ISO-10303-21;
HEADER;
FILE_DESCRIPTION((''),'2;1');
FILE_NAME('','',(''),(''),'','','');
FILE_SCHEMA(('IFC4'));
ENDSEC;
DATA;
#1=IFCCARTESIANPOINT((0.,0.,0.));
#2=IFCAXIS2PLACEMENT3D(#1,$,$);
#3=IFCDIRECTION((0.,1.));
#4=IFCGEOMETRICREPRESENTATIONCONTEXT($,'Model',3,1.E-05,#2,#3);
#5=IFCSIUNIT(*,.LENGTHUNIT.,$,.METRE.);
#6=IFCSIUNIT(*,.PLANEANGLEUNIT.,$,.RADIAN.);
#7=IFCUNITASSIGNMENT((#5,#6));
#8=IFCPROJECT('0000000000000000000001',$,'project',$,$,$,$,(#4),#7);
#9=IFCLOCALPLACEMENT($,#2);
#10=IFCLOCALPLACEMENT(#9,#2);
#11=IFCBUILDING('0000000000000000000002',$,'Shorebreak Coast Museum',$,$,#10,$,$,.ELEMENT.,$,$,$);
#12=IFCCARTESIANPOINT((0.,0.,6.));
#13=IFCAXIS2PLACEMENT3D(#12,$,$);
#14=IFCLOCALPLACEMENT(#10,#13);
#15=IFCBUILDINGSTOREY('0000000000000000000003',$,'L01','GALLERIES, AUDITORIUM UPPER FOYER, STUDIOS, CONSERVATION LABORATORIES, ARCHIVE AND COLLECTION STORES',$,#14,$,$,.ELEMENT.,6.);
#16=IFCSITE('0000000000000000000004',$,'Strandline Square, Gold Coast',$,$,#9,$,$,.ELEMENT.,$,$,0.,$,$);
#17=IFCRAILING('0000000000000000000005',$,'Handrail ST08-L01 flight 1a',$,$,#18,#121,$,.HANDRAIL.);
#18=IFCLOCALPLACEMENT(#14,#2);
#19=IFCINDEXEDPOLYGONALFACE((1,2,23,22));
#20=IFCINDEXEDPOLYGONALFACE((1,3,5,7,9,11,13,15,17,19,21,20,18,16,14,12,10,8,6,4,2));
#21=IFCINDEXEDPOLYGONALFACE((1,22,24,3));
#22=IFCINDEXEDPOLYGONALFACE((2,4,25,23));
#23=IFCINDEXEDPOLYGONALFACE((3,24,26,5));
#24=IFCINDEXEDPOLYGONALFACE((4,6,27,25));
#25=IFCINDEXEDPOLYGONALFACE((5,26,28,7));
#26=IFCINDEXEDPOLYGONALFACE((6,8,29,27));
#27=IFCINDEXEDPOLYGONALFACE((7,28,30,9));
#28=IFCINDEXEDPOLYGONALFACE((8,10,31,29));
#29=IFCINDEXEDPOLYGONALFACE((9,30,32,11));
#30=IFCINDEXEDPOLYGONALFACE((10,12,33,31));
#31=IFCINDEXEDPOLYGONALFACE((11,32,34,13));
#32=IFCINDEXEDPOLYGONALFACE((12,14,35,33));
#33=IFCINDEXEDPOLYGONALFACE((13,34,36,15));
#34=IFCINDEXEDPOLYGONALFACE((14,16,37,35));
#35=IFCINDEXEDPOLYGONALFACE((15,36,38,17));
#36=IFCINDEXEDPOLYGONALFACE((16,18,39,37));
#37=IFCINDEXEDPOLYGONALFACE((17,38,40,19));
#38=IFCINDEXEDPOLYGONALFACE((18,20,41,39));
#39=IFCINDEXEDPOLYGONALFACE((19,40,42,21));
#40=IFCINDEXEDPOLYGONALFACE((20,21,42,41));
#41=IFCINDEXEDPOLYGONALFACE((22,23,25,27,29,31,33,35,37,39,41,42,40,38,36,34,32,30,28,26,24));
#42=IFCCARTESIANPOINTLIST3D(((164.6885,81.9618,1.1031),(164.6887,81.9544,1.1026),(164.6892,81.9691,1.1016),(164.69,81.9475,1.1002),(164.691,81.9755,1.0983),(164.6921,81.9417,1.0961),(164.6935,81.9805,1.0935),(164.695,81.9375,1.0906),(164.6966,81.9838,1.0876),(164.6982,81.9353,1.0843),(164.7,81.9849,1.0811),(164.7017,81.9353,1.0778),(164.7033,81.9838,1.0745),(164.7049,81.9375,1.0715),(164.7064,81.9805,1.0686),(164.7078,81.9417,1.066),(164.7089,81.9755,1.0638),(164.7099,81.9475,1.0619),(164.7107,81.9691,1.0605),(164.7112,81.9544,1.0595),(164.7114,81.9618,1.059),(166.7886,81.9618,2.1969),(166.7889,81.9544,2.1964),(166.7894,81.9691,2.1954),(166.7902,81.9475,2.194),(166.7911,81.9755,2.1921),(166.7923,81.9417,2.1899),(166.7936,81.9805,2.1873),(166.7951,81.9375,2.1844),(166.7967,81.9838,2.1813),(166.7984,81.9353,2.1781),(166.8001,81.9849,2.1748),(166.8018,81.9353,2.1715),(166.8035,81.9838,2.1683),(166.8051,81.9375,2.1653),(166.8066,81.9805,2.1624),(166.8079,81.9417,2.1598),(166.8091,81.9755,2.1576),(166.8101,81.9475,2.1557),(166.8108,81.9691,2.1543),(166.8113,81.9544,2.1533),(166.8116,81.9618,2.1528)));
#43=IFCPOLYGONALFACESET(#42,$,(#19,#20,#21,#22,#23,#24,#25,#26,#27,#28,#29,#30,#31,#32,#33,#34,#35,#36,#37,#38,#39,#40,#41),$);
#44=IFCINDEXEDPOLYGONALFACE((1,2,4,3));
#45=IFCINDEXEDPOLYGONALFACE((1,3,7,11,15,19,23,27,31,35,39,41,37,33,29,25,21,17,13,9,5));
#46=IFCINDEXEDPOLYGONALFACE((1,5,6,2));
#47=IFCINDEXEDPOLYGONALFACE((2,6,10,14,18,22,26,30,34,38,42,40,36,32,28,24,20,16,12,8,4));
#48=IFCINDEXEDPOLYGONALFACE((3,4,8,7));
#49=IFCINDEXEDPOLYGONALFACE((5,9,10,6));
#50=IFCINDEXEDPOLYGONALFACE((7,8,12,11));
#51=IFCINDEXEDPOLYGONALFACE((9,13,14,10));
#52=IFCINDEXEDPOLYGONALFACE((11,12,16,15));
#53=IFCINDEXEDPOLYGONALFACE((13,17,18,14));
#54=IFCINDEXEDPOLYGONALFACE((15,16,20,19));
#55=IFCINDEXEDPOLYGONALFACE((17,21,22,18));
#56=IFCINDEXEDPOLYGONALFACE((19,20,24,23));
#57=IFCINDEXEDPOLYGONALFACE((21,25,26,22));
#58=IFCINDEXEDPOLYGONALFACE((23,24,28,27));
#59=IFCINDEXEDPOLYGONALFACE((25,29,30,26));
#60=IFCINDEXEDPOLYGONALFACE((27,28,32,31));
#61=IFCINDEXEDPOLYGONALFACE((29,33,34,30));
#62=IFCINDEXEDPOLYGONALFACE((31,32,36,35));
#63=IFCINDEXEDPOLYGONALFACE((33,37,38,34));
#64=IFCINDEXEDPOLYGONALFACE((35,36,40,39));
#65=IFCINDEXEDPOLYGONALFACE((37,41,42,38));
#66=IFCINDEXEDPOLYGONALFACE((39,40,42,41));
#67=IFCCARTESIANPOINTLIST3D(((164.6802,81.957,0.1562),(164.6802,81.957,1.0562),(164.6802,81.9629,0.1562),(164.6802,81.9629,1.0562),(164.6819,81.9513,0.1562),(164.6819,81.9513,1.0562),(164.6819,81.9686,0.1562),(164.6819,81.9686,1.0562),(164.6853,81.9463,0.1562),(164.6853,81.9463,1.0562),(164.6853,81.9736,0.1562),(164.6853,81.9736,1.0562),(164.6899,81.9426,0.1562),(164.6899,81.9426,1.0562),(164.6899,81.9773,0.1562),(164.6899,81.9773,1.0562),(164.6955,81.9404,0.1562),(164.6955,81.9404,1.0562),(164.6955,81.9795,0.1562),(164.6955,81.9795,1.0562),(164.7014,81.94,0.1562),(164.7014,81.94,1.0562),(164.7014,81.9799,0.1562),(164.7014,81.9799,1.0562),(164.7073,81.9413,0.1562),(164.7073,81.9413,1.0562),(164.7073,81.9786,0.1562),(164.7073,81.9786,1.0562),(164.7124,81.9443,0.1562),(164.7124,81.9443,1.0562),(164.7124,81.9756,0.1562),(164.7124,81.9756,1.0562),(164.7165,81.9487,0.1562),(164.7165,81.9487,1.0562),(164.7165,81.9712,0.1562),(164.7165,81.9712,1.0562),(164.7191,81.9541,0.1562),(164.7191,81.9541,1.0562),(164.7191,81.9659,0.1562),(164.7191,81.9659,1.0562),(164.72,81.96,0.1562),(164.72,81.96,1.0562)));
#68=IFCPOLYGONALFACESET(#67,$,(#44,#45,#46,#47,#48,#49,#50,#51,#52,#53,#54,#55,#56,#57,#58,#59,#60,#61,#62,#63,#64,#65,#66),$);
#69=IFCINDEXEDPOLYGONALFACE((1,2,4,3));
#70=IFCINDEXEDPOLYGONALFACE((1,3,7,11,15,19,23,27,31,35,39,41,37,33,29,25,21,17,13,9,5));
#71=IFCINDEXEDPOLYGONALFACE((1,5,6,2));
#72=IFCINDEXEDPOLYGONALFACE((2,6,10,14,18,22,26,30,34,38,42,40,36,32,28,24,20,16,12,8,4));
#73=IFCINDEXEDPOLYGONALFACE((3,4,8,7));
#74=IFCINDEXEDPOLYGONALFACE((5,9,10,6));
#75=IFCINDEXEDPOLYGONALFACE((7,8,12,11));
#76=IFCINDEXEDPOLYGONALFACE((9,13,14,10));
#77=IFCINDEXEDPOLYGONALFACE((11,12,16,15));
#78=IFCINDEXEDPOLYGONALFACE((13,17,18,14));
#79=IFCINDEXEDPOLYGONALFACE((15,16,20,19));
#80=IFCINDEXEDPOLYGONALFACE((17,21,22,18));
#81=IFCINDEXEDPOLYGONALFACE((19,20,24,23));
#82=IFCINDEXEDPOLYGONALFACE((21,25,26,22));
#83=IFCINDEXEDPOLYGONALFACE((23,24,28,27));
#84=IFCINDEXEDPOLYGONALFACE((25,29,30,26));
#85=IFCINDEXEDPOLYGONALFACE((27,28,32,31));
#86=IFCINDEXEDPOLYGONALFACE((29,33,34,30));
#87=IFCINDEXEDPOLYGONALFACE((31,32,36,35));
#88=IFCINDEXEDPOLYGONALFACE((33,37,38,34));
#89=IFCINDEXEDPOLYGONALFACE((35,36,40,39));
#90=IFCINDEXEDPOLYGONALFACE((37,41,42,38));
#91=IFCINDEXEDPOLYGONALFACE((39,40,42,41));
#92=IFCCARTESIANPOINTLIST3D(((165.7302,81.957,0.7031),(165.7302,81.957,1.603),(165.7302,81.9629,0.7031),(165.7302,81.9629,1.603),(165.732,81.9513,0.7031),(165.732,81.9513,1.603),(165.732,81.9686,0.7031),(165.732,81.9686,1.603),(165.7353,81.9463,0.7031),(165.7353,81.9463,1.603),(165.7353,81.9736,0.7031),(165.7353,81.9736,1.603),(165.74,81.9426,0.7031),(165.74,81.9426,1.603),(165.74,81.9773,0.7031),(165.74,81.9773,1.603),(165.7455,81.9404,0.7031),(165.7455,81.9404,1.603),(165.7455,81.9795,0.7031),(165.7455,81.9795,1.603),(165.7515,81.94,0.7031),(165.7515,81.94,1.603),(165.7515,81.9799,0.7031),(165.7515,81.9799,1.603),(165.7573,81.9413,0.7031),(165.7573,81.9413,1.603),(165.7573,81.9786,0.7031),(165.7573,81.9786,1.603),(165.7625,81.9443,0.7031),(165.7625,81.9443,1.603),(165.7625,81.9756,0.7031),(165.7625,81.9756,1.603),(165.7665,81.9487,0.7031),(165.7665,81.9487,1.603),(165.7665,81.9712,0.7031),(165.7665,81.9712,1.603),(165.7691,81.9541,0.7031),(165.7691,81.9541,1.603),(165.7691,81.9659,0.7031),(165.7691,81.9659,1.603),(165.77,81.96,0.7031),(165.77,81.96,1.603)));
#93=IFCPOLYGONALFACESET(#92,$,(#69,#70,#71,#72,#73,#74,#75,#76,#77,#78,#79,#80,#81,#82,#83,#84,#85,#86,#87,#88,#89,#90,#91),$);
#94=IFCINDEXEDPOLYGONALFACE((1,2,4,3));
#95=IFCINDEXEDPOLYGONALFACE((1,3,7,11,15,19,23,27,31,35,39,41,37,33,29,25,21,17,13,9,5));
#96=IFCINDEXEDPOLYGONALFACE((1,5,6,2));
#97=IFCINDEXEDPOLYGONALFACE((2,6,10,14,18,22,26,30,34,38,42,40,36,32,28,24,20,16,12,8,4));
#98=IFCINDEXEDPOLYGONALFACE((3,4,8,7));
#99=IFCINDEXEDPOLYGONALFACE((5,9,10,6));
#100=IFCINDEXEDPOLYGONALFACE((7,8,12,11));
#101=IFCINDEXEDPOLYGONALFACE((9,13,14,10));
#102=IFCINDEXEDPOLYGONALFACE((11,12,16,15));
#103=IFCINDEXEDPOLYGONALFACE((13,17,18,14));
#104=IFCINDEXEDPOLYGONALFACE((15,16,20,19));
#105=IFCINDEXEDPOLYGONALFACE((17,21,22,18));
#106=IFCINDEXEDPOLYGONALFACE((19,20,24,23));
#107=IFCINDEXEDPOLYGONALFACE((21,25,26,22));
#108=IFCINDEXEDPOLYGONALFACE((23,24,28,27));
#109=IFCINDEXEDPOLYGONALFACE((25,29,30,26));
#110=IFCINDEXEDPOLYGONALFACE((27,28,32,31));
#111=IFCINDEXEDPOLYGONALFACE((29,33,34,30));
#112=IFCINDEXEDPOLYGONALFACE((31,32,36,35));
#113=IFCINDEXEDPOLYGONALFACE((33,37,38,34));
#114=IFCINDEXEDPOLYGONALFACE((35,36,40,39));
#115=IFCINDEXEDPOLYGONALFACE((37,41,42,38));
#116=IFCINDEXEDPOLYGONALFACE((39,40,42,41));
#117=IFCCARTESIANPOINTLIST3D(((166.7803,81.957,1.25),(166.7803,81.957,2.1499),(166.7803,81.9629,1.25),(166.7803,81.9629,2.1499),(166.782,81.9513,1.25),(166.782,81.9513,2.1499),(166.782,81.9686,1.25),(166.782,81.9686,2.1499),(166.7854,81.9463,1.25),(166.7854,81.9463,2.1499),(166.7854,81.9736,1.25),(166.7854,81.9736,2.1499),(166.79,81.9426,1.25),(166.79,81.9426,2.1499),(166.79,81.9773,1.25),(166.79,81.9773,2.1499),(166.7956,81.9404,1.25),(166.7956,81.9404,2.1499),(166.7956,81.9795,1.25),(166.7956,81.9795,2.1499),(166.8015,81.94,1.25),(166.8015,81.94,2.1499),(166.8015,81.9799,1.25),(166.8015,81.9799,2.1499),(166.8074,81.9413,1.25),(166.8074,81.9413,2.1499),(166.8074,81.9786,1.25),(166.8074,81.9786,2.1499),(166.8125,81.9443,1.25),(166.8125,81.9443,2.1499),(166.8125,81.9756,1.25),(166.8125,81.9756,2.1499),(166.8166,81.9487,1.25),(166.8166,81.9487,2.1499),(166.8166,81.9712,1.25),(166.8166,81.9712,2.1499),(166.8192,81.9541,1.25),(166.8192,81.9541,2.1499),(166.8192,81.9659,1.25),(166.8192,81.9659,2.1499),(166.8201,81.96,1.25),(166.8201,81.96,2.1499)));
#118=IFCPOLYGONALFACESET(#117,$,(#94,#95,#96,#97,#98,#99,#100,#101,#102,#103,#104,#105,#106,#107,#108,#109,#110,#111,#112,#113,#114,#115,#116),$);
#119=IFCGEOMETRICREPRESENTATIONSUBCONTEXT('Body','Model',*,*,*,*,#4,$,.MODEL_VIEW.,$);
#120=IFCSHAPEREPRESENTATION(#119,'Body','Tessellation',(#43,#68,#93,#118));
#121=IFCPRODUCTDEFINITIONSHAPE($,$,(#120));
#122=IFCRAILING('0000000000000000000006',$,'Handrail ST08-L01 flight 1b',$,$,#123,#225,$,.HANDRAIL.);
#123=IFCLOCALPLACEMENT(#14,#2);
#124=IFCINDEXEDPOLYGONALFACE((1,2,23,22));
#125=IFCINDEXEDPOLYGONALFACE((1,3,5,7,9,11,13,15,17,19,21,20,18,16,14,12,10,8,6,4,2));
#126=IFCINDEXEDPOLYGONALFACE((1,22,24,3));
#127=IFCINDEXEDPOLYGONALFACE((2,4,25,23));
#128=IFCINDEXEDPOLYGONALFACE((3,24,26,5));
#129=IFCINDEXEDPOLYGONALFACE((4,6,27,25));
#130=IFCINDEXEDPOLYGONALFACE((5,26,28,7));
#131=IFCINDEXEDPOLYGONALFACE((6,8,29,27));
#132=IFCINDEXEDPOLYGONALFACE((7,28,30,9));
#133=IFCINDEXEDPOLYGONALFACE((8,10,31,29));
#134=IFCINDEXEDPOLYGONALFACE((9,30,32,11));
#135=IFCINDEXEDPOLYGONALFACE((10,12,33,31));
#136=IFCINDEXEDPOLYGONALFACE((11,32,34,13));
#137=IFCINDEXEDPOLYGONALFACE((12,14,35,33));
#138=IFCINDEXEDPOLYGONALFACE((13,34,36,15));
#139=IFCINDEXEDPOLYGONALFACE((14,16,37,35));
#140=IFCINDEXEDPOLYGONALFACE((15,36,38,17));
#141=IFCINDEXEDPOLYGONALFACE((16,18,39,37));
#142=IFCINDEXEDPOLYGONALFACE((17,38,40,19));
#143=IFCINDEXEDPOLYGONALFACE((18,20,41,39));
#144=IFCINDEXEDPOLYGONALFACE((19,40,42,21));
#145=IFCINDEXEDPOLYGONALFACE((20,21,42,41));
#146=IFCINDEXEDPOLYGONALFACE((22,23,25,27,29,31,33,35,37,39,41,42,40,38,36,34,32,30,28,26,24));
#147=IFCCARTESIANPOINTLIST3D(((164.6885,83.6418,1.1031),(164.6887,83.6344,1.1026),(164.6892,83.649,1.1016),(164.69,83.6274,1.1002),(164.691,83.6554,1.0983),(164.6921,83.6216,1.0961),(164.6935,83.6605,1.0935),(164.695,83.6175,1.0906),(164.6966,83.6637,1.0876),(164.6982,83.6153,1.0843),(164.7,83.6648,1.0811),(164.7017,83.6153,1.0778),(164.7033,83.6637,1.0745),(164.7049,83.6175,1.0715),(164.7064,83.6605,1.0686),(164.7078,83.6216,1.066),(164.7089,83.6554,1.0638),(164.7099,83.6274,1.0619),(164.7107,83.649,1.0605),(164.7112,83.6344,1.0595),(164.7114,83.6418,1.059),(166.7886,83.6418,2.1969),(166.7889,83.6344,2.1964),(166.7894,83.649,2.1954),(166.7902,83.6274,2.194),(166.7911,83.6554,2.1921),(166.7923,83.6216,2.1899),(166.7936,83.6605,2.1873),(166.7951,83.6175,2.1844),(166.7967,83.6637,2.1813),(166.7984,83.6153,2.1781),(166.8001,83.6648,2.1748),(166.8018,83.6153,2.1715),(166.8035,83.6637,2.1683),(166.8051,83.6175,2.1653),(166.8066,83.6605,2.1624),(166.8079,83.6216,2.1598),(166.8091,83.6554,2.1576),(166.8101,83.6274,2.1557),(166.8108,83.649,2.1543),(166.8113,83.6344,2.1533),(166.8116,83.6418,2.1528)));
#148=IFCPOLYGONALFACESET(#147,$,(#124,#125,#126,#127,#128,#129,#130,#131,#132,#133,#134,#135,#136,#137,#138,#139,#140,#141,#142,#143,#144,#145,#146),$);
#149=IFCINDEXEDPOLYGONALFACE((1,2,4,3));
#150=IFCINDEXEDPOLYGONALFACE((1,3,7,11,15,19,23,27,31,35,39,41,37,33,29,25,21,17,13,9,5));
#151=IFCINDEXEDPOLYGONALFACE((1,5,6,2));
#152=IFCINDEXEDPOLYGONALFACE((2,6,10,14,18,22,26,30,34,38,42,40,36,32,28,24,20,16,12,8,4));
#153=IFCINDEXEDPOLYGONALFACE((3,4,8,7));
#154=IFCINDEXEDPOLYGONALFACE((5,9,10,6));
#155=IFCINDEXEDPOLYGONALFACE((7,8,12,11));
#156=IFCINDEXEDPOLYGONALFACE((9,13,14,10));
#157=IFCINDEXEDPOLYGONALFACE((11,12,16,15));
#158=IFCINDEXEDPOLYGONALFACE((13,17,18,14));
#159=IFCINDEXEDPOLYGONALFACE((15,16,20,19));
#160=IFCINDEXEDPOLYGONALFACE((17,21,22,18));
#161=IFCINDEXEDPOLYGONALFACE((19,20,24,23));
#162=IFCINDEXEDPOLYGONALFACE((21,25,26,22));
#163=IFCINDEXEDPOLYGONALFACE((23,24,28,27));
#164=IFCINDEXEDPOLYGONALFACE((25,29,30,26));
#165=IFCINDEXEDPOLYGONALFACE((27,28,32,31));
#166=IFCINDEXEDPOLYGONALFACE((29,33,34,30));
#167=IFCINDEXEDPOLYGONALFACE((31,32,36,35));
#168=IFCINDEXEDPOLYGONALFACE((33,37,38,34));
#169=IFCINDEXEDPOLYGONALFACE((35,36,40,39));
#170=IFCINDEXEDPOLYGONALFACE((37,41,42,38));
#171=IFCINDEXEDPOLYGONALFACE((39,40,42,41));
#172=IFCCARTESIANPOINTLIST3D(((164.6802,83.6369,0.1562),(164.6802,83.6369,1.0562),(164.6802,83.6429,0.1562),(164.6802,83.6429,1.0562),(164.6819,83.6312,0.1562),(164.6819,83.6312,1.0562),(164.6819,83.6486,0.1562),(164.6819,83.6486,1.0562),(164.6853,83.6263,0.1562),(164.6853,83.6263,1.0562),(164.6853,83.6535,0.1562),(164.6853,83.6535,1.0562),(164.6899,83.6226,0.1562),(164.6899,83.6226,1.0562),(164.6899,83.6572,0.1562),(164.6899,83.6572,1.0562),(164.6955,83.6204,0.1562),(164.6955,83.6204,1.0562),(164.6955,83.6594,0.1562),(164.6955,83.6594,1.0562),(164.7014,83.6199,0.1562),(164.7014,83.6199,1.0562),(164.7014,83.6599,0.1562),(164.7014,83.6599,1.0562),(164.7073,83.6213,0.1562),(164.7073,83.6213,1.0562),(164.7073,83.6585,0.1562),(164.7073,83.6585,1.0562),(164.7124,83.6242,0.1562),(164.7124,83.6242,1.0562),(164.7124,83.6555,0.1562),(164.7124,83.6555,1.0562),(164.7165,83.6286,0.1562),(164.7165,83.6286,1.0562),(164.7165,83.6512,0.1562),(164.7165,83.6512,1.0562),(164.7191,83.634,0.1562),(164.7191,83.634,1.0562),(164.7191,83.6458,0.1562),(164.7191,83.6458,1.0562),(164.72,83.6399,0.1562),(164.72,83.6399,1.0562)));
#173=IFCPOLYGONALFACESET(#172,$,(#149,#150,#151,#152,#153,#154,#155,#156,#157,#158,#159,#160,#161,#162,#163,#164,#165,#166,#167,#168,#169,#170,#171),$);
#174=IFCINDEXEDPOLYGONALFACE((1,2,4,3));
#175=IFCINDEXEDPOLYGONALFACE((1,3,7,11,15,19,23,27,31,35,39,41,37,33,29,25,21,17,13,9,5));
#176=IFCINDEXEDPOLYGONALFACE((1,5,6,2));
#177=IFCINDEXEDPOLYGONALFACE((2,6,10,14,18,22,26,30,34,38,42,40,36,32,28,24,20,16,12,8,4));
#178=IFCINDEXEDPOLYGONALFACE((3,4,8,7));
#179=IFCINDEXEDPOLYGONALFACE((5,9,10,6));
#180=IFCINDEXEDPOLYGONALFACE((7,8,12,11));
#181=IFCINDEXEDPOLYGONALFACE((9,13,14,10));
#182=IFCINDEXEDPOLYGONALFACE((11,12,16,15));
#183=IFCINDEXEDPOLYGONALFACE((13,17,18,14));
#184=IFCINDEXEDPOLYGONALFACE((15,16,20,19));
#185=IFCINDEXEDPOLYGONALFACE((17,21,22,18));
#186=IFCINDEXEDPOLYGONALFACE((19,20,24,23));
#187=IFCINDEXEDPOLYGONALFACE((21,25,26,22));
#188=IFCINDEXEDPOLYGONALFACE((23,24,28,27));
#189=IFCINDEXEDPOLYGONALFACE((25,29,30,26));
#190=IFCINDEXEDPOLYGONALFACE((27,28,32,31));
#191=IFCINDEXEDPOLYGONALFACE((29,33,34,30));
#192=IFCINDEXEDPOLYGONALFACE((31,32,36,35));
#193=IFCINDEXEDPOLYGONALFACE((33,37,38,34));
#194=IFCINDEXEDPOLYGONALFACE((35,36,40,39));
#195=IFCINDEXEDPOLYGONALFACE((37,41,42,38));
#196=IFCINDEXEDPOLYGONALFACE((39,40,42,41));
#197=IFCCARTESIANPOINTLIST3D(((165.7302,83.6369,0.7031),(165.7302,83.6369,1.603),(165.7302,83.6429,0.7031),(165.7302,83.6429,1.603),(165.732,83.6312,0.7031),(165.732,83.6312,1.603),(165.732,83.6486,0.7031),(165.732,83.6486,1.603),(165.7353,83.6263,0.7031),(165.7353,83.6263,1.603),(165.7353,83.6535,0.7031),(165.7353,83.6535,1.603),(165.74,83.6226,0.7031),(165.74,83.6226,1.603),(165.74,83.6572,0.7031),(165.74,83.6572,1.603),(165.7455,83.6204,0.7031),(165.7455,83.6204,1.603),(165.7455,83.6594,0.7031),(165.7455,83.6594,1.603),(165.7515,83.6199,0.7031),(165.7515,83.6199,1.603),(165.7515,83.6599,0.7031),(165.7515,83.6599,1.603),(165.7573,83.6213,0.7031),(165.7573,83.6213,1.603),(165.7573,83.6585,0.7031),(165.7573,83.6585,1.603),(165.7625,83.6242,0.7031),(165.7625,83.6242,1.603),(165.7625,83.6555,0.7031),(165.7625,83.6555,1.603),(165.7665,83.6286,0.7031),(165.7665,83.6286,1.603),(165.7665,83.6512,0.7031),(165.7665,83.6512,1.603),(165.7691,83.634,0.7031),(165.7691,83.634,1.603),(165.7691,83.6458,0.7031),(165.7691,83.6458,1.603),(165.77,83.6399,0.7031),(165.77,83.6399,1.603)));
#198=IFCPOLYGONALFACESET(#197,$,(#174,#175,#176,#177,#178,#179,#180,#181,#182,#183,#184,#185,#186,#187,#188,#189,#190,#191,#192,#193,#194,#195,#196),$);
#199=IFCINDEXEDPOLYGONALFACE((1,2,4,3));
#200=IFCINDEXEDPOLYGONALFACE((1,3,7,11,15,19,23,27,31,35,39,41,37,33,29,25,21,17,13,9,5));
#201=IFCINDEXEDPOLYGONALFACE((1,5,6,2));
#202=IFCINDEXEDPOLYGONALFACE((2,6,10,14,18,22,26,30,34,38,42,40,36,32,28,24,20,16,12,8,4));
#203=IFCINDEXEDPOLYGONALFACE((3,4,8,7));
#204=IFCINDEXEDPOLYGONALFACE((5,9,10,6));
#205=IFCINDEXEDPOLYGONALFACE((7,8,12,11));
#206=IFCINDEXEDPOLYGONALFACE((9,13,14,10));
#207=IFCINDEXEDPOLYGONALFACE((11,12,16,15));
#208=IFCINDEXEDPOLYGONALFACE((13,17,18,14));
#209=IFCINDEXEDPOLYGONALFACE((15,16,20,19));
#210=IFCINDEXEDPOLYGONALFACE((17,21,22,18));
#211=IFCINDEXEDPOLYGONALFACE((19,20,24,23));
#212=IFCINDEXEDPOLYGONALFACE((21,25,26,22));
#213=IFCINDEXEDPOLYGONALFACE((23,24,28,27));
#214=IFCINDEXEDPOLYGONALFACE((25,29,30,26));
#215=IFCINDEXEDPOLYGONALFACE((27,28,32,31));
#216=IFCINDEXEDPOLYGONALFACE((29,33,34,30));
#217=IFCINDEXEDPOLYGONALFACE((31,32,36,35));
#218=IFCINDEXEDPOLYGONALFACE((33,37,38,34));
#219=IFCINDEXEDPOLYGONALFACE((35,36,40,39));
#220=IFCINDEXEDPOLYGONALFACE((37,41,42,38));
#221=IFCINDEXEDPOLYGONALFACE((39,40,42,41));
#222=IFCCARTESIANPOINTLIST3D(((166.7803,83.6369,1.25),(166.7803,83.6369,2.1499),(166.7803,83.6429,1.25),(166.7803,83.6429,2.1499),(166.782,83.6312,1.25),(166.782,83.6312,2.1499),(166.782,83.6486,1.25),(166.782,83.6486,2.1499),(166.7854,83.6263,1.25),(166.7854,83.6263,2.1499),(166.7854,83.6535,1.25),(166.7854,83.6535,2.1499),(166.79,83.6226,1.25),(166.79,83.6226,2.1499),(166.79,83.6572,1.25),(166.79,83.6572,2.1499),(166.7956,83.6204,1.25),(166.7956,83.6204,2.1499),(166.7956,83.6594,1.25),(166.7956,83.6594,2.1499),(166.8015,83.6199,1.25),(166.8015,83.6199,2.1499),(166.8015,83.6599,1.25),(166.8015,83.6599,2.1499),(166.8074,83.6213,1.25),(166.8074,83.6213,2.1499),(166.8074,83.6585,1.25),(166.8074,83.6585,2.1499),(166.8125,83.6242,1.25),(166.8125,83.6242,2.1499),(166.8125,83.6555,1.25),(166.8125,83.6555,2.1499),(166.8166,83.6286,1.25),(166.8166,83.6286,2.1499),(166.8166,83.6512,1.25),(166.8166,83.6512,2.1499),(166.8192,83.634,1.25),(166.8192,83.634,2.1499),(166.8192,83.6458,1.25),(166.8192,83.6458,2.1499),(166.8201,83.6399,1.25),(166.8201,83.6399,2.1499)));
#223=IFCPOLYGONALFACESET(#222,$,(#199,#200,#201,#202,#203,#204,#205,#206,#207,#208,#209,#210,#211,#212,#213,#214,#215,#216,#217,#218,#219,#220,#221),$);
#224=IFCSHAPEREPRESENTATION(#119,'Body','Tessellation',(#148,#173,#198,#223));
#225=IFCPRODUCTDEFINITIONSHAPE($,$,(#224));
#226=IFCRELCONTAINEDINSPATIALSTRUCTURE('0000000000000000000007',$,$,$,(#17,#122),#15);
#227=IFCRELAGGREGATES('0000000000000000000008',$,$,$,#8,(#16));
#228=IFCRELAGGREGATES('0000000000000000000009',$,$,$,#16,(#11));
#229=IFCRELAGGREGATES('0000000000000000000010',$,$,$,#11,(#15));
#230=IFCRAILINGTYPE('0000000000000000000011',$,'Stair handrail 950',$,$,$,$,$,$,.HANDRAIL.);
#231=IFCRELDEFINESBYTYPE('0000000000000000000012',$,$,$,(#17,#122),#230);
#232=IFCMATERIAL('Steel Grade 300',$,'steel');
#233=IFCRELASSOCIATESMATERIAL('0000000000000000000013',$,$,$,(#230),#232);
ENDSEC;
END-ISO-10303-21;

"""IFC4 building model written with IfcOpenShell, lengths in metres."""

from ifc_helpers import new_model, si_unit, direction, frame, origin, origin_2d, place, context, subcontext, project, spatial, circle, extrude, material, type_object, element, save


model = new_model("IFC4")

# Units and contexts
model_context = context("Model", 3, precision=1e-05, world=origin(), true_north=direction((0.0, 1.0)))
body_context = subcontext(model_context, "Body", "Model", "MODEL_VIEW")
ifc_project = project(units=[si_unit("LENGTHUNIT", "METRE"), si_unit("PLANEANGLEUNIT", "RADIAN")], contexts=[model_context])

# Site, building, storey
site_placement = place(None, origin())
site = spatial("IfcSite", under=ifc_project, at=site_placement, Name="Strandline Square, Gold Coast", CompositionType="ELEMENT", RefElevation=0.0)
building_placement = place(site_placement, origin())
building = spatial("IfcBuilding", under=site, at=building_placement, Name="Shorebreak Coast Museum", CompositionType="ELEMENT")
storey_placement = place(building_placement, frame((0.0, 0.0, 6.0)))
storey = spatial("IfcBuildingStorey", under=building, at=storey_placement, Name="L01", Description="GALLERIES, AUDITORIUM UPPER FOYER, STUDIOS, CONSERVATION LABORATORIES, ARCHIVE AND COLLECTION STORES", CompositionType="ELEMENT", Elevation=6.0)

# Railings
ifc_material_1 = material(Name="Steel Grade 300", Category="steel")
railing_type_1 = type_object("IfcRailingType", Name="Stair handrail 950", PredefinedType="HANDRAIL", material=ifc_material_1)
for number, where, name in (
    (1, (164.7, 81.96, 0.1562), "Handrail ST08-L01 flight 1a"),
    (2, (164.7, 83.6399, 0.1562), "Handrail ST08-L01 flight 1b"),
):
    element("IfcRailing", number, at=place(storey_placement, frame(where)), inside=storey, type_object=railing_type_1, Name=name, PredefinedType="HANDRAIL", context=body_context, shape_type="SweptSolid", body=[
        extrude(circle(Radius=0.0249, at=origin_2d()), frame((0.0, 0.0, 0.9248), z_axis=(0.886923, 0.0, 0.461918), x_axis=(0.0, 1.0, 0.0)), (0.0, 0.0, 1.0), 2.3679),
        extrude(circle(Radius=0.02, at=origin_2d()), origin(), (0.0, 0.0, 1.0), 0.8999),
        extrude(circle(Radius=0.02, at=origin_2d()), frame((1.05, 0.0, 0.5469)), (0.0, 0.0, 1.0), 0.8999),
        extrude(circle(Radius=0.02, at=origin_2d()), frame((2.1001, 0.0, 1.0938)), (0.0, 0.0, 1.0), 0.8999),
    ])

save(model, "model.ifc")
